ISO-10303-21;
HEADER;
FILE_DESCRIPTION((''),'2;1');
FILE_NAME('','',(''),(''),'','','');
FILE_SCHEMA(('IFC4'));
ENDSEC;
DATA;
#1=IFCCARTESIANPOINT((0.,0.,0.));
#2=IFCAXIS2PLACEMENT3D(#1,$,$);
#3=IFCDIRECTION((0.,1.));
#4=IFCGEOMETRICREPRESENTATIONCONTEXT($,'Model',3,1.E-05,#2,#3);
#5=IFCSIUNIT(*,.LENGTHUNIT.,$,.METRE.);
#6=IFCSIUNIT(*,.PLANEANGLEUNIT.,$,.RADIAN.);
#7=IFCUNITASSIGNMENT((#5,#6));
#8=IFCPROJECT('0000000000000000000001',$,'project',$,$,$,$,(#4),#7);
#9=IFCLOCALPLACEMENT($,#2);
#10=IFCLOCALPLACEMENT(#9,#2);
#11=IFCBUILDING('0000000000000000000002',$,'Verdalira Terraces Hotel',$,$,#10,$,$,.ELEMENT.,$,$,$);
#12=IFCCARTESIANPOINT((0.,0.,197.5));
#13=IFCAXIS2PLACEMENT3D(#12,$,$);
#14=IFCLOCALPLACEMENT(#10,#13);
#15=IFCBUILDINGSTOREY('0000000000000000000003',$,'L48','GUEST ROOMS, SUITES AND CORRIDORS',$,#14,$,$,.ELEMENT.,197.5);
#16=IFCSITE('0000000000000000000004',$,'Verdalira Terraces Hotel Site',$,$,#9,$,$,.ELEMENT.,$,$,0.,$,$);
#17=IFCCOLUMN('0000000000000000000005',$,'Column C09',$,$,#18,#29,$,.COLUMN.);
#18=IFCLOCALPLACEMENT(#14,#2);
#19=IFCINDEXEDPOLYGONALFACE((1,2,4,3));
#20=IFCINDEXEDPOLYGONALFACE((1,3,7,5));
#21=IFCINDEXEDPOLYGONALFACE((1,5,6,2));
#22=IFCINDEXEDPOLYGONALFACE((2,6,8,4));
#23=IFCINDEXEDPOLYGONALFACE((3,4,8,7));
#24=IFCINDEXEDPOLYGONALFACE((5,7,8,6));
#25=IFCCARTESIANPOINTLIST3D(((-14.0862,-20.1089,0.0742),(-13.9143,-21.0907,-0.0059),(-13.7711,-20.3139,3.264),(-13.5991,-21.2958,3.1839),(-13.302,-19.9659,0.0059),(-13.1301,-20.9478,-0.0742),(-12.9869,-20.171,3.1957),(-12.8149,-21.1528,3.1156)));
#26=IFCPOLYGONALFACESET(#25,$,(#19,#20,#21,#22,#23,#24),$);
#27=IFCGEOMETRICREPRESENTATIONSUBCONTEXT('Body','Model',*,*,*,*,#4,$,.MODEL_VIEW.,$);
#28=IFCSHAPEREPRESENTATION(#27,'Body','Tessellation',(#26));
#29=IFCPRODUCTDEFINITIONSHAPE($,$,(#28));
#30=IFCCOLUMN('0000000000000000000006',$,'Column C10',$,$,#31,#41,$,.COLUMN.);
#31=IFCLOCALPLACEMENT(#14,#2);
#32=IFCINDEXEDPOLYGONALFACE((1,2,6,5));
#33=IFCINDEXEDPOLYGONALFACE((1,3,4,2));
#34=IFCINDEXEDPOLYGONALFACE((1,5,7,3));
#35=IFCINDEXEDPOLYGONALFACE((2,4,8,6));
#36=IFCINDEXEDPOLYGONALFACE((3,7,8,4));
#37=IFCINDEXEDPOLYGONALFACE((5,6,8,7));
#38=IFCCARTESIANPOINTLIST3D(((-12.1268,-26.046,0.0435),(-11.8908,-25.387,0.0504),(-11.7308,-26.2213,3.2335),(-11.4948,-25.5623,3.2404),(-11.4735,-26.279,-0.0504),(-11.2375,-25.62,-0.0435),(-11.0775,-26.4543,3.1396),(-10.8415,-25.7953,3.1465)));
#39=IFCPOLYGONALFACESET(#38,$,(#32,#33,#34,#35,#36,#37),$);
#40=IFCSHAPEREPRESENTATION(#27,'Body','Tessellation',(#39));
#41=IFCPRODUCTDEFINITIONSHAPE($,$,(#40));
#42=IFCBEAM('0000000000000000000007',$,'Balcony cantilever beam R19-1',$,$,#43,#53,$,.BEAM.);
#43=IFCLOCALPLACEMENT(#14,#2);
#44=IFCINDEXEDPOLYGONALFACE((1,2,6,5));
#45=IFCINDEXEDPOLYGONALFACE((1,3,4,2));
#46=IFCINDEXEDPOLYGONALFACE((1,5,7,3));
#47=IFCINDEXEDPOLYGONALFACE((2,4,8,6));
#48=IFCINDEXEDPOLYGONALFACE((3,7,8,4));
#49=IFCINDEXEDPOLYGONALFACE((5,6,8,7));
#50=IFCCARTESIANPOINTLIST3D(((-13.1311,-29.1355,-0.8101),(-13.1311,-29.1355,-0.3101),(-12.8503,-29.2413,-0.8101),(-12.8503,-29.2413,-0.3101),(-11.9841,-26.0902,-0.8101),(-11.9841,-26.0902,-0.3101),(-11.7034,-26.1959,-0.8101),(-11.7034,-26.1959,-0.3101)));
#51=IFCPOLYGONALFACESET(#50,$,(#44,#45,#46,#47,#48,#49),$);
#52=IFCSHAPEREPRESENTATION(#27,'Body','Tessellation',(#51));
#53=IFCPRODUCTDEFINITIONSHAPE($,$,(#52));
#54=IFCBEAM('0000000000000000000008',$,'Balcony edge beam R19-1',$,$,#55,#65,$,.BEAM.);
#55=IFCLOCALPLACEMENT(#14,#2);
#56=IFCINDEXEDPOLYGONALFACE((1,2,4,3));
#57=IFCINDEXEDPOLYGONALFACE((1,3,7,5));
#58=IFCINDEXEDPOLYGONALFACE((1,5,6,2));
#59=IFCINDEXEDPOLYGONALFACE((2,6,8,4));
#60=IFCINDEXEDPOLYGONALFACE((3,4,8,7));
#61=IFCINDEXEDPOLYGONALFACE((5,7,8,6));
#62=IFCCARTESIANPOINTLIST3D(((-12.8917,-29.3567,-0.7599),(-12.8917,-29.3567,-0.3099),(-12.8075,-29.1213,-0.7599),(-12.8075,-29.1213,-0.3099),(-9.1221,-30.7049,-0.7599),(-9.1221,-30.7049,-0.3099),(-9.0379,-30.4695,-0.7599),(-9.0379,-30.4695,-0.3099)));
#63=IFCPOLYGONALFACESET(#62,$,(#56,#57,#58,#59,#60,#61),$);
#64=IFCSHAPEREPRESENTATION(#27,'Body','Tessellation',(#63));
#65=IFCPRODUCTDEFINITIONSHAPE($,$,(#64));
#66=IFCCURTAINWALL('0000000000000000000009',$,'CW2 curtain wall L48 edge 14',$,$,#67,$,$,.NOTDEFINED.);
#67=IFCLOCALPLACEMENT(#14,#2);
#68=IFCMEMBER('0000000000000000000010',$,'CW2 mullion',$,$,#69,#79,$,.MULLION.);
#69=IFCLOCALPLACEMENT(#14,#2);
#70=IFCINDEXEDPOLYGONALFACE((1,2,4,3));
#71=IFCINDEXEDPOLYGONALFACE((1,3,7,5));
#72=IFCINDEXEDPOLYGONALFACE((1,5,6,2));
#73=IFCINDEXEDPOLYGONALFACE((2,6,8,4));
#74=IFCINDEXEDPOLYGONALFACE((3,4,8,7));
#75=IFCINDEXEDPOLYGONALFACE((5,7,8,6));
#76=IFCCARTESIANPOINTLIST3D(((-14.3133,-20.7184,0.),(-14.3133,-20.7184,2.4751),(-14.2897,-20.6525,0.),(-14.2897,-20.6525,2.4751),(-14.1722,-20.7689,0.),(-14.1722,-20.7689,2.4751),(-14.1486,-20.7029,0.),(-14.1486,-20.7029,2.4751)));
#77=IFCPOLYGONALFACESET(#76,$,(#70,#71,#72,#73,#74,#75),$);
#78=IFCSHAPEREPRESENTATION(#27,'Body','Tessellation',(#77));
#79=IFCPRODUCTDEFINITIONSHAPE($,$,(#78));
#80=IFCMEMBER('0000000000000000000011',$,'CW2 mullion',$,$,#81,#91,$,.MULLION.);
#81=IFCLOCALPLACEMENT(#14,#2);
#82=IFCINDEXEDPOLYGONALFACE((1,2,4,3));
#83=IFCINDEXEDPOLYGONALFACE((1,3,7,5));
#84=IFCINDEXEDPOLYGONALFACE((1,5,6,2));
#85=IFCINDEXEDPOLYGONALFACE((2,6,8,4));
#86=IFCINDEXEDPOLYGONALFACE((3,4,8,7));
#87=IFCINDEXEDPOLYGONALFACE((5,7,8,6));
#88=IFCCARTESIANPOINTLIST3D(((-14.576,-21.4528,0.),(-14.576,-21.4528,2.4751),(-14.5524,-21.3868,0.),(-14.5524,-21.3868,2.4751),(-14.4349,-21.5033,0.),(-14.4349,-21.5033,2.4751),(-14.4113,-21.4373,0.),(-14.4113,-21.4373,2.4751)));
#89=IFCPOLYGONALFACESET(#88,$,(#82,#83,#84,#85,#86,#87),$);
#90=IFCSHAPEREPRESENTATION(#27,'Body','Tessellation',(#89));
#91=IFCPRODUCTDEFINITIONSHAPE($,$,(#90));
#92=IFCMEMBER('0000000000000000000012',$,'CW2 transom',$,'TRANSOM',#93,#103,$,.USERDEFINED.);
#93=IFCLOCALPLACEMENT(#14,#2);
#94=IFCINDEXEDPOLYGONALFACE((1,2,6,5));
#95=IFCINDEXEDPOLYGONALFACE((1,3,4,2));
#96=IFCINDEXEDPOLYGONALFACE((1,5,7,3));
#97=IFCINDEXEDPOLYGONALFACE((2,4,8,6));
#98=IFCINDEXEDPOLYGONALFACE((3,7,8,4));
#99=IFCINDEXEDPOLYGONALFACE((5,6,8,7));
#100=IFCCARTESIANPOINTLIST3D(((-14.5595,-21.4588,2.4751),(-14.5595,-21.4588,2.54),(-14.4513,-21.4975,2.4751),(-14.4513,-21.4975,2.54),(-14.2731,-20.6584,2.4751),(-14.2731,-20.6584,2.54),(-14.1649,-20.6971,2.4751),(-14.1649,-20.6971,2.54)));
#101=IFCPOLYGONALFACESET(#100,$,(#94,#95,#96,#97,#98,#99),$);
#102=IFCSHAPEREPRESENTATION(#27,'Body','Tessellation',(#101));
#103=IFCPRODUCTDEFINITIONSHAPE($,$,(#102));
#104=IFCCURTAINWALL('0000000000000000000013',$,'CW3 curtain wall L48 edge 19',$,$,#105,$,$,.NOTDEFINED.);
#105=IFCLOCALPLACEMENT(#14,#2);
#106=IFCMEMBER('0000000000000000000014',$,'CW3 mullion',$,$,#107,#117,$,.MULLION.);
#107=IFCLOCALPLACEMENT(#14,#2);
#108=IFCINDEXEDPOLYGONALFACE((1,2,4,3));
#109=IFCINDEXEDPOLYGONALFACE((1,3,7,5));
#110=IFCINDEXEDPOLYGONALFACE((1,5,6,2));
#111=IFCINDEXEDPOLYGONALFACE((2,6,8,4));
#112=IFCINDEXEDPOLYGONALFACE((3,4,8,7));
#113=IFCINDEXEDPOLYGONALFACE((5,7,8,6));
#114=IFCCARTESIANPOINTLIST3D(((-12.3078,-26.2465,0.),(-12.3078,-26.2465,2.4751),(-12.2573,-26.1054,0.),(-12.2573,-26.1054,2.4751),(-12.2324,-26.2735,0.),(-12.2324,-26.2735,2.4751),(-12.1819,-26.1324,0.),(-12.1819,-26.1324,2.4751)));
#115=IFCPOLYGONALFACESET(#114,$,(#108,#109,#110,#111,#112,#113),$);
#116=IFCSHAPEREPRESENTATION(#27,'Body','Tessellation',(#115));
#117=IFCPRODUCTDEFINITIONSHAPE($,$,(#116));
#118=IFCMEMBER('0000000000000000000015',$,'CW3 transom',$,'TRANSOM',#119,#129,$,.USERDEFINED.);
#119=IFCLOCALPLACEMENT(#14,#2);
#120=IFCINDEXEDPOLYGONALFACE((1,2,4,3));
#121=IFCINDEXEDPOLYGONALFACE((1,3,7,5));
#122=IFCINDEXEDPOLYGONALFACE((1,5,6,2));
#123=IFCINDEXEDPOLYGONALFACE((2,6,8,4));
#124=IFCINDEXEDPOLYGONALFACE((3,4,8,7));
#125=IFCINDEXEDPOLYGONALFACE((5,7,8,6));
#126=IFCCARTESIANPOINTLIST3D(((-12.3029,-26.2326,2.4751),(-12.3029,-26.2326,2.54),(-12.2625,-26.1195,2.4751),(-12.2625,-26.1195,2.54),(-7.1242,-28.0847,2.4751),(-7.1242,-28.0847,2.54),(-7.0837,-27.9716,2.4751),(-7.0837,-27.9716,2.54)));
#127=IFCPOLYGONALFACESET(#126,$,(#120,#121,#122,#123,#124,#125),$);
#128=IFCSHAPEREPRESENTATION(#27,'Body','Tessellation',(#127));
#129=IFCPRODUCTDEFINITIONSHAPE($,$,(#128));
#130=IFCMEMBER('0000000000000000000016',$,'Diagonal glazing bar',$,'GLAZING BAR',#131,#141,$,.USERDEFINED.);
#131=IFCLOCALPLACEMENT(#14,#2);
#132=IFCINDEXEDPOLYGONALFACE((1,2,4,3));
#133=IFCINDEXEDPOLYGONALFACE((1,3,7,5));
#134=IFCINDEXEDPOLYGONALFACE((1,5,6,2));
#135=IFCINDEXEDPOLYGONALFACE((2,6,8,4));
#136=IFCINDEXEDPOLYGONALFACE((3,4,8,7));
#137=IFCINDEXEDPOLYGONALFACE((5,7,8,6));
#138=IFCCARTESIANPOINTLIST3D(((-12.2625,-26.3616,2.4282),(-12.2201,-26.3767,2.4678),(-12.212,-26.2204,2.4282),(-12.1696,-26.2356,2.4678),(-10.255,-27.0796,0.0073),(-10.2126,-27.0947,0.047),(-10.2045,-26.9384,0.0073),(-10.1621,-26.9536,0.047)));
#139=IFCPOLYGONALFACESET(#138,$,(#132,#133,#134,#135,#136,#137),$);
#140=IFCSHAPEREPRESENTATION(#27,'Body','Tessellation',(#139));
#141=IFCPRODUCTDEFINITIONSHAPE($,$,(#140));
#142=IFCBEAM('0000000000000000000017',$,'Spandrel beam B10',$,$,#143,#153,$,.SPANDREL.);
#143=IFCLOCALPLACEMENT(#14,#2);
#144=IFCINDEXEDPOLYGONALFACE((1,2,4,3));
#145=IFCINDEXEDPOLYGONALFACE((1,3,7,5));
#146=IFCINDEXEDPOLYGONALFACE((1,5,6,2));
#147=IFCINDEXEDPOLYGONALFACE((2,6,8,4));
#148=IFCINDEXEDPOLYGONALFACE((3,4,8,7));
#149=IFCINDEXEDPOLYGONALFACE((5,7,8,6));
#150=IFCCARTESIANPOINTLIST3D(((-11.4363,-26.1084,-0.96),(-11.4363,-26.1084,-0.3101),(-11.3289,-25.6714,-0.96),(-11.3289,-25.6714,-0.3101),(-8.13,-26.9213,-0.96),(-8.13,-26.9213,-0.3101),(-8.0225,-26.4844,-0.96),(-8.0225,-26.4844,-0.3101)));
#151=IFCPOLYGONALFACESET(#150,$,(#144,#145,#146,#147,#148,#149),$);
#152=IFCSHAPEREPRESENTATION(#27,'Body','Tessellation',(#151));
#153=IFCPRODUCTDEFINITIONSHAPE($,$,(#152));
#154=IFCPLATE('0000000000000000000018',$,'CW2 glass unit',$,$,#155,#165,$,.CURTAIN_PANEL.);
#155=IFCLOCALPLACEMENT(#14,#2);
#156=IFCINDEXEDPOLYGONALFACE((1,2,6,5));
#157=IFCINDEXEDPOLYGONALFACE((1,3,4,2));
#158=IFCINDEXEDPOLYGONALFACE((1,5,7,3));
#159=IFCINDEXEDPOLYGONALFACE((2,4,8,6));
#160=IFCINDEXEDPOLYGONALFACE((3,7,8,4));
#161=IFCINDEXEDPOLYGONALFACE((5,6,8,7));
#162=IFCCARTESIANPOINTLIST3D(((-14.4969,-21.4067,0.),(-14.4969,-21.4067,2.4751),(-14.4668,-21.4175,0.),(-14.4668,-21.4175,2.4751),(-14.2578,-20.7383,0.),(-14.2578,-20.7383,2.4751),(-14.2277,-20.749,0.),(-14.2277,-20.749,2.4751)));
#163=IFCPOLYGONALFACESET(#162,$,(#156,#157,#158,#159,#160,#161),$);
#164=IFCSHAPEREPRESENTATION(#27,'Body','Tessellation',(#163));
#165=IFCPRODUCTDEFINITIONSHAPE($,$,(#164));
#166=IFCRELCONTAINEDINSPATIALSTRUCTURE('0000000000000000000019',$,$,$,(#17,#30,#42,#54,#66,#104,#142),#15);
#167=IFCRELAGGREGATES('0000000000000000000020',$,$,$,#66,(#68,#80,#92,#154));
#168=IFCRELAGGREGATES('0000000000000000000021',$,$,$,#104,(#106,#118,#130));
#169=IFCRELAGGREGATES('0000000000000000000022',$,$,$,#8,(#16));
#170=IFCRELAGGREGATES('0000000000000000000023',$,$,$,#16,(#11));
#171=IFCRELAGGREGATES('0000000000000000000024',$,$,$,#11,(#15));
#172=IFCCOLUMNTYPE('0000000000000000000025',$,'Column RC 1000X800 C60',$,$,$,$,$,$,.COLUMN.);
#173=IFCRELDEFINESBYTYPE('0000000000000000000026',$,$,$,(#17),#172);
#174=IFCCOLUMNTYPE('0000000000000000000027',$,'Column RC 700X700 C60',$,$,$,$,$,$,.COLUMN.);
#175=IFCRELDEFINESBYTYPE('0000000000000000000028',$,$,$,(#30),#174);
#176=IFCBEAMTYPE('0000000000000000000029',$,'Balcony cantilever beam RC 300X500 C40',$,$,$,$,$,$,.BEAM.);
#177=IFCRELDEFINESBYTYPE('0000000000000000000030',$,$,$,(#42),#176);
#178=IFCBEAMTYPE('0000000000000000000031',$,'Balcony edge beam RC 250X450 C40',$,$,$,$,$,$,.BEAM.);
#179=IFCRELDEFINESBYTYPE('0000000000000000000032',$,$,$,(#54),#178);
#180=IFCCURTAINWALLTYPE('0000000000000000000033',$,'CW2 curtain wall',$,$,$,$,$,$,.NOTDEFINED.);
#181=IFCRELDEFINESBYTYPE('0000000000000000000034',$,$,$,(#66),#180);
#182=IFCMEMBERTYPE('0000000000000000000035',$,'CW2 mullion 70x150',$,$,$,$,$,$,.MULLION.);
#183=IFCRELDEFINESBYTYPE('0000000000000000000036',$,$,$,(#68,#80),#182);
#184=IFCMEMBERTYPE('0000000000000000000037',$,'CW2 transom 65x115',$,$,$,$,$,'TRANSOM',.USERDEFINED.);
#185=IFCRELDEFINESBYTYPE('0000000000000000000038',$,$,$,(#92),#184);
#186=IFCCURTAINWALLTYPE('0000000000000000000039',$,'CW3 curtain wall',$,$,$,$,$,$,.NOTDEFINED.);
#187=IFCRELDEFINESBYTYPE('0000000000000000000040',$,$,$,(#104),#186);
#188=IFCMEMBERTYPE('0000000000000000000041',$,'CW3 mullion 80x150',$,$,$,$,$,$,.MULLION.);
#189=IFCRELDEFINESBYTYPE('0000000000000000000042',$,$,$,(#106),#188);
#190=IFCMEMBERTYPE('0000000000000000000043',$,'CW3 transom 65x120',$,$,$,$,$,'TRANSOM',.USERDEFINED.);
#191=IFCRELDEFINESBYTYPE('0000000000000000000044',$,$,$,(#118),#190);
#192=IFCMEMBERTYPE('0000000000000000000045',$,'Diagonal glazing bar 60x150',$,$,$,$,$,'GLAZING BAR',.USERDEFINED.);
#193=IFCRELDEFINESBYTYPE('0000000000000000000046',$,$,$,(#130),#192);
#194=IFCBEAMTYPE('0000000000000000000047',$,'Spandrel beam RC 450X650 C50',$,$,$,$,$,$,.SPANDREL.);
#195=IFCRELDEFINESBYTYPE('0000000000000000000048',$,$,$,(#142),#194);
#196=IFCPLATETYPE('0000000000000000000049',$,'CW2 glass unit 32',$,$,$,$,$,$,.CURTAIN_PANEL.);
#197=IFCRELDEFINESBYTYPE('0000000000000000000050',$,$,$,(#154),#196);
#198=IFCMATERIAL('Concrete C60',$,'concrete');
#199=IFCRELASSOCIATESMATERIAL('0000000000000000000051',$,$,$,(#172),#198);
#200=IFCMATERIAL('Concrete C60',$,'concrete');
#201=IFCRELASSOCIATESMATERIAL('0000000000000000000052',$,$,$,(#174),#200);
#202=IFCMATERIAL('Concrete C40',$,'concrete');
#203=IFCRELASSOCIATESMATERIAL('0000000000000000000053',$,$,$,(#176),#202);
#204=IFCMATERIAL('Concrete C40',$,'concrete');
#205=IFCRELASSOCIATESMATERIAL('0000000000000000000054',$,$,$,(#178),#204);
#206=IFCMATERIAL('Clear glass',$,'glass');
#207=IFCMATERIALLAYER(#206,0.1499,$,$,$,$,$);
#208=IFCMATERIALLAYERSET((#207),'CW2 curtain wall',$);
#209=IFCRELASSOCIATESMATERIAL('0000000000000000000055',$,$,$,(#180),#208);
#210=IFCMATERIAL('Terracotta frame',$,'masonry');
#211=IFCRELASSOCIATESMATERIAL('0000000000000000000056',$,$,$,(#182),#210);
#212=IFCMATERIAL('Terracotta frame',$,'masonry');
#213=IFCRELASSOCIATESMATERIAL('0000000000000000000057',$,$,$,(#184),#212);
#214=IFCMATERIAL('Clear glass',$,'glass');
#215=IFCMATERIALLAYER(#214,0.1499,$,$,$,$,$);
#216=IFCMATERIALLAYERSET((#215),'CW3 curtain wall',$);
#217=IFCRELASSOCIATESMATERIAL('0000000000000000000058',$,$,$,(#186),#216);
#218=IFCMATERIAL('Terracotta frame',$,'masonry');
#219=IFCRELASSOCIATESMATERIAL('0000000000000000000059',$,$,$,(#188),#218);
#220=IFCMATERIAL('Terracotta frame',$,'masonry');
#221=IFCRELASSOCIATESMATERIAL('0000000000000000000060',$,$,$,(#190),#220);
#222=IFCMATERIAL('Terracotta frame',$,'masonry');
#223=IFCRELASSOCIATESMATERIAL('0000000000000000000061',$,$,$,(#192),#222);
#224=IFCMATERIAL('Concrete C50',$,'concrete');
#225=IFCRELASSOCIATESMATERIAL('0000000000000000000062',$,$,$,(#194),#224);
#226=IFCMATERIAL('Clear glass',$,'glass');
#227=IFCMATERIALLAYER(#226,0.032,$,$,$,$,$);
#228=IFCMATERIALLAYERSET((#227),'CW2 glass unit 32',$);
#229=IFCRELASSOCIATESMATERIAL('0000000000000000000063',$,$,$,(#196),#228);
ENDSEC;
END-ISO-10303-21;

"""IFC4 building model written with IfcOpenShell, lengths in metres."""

from ifc_helpers import new_model, si_unit, direction, frame, origin, origin_2d, place, context, subcontext, project, spatial, rectangle, extrude, material, layer, layer_set, material_profile, profile_set, type_object, element, aggregate, save


model = new_model("IFC4")

# Units and contexts
model_context = context("Model", 3, precision=1e-05, world=origin(), true_north=direction((0.0, 1.0)))
body_context = subcontext(model_context, "Body", "Model", "MODEL_VIEW")
ifc_project = project(units=[si_unit("LENGTHUNIT", "METRE"), si_unit("PLANEANGLEUNIT", "RADIAN")], contexts=[model_context])

# Site, building, storey
site_placement = place(None, origin())
site = spatial("IfcSite", under=ifc_project, at=site_placement, Name="Verdalira Terraces Hotel Site", CompositionType="ELEMENT", RefElevation=0.0)
building_placement = place(site_placement, origin())
building = spatial("IfcBuilding", under=site, at=building_placement, Name="Verdalira Terraces Hotel", CompositionType="ELEMENT")
storey_placement = place(building_placement, frame((0.0, 0.0, 197.5)))
storey = spatial("IfcBuildingStorey", under=building, at=storey_placement, Name="L48", Description="GUEST ROOMS, SUITES AND CORRIDORS", CompositionType="ELEMENT", Elevation=197.5)

# Columns
ifc_material_1 = material(Name="Concrete C60", Category="concrete")
ifc_material_profile_1 = material_profile(ifc_material_1, rectangle(XDim=1.0, YDim=0.8, at=origin_2d()), Name="RC 1000X800")
ifc_profile_set_1 = profile_set([ifc_material_profile_1], Name="Concrete C60")
column_type_1 = type_object("IfcColumnType", Name="Column RC 1000X800 C60", PredefinedType="COLUMN", material=ifc_profile_set_1)
column_1_placement = place(storey_placement, frame((-13.6082, -20.5283, 0.0), z_axis=(0.098127, -0.063847, 0.993124), x_axis=(-0.171981, 0.981837, 0.080114)))
element("IfcColumn", 1, at=column_1_placement, inside=storey, type_object=column_type_1, Name="Column C09", PredefinedType="COLUMN", context=body_context, shape_type="SweptSolid", body=[
    extrude(rectangle(XDim=1.0, YDim=0.8, at=origin_2d()), origin(), (0.0, 0.0, 1.0), 3.2119),
])
ifc_material_2 = material(Name="Concrete C60", Category="concrete")
ifc_material_profile_2 = material_profile(ifc_material_2, rectangle(XDim=0.7, YDim=0.7, at=origin_2d()), Name="RC 700X700")
ifc_profile_set_2 = profile_set([ifc_material_profile_2], Name="Concrete C60")
column_type_2 = type_object("IfcColumnType", Name="Column RC 700X700 C60", PredefinedType="COLUMN", material=ifc_profile_set_2)
column_2_placement = place(storey_placement, frame((-11.6821, -25.833, 0.0), z_axis=(0.123011, -0.054452, 0.99091), x_axis=(0.933382, -0.332866, -0.134161)))
element("IfcColumn", 2, at=column_2_placement, inside=storey, type_object=column_type_2, Name="Column C10", PredefinedType="COLUMN", context=body_context, shape_type="SweptSolid", body=[
    extrude(rectangle(XDim=0.7, YDim=0.7, at=origin_2d()), origin(), (0.0, 0.0, 1.0), 3.2192),
])

# Beams
ifc_material_3 = material(Name="Concrete C40", Category="concrete")
ifc_material_profile_3 = material_profile(ifc_material_3, rectangle(XDim=0.3, YDim=0.5, at=origin_2d()), Name="RC 300X500")
ifc_profile_set_3 = profile_set([ifc_material_profile_3], Name="Concrete C40")
beam_type_1 = type_object("IfcBeamType", Name="Balcony cantilever beam RC 300X500 C40", PredefinedType="BEAM", material=ifc_profile_set_3)
beam_1_placement = place(storey_placement, frame((-11.8438, -26.1431, -0.5601), z_axis=(-0.352455, -0.935829, 0.0), x_axis=(0.935829, -0.352455, 0.0)))
element("IfcBeam", 3, at=beam_1_placement, inside=storey, type_object=beam_type_1, Name="Balcony cantilever beam R19-1", PredefinedType="BEAM", context=body_context, shape_type="SweptSolid", body=[
    extrude(rectangle(XDim=0.3, YDim=0.5, at=origin_2d()), origin(), (0.0, 0.0, 1.0), 3.2542),
])
ifc_material_4 = material(Name="Concrete C40", Category="concrete")
ifc_material_profile_4 = material_profile(ifc_material_4, rectangle(XDim=0.25, YDim=0.45, at=origin_2d()), Name="RC 250X450")
ifc_profile_set_4 = profile_set([ifc_material_profile_4], Name="Concrete C40")
beam_type_2 = type_object("IfcBeamType", Name="Balcony edge beam RC 250X450 C40", PredefinedType="BEAM", material=ifc_profile_set_4)
beam_2_placement = place(storey_placement, frame((-12.8496, -29.239, -0.5349), z_axis=(0.941593, -0.336754, 0.0), x_axis=(0.336754, 0.941593, 0.0)))
element("IfcBeam", 4, at=beam_2_placement, inside=storey, type_object=beam_type_2, Name="Balcony edge beam R19-1", PredefinedType="BEAM", context=body_context, shape_type="SweptSolid", body=[
    extrude(rectangle(XDim=0.25, YDim=0.45, at=origin_2d()), origin(), (0.0, 0.0, 1.0), 4.0034),
])

# Curtain walls, members
ifc_material_5 = material(Name="Clear glass", Category="glass")
ifc_layer_1 = layer(ifc_material_5, 0.1499)
ifc_layer_set_1 = layer_set([ifc_layer_1], Name="CW2 curtain wall")
curtain_wall_type_1 = type_object("IfcCurtainWallType", Name="CW2 curtain wall", PredefinedType="NOTDEFINED", material=ifc_layer_set_1)
curtain_wall_1_placement = place(storey_placement, origin())
curtain_wall_1 = element("IfcCurtainWall", 5, at=curtain_wall_1_placement, inside=storey, type_object=curtain_wall_type_1, Name="CW2 curtain wall L48 edge 14", PredefinedType="NOTDEFINED")
ifc_material_6 = material(Name="Terracotta frame", Category="masonry")
ifc_material_profile_5 = material_profile(ifc_material_6, rectangle(XDim=0.0701, YDim=0.1499, at=origin_2d()), Name="MU 70x150")
ifc_profile_set_5 = profile_set([ifc_material_profile_5], Name="Terracotta frame")
member_type_1 = type_object("IfcMemberType", Name="CW2 mullion 70x150", PredefinedType="MULLION", material=ifc_profile_set_5)
member_1_placement = place(storey_placement, frame((-14.231, -20.7107, 0.0), z_axis=(0.0, 0.0, 1.0), x_axis=(-0.336767, -0.941588, 0.0)))
member_1 = element("IfcMember", 6, at=member_1_placement, type_object=member_type_1, Name="CW2 mullion", PredefinedType="MULLION", context=body_context, shape_type="SweptSolid", body=[
    extrude(rectangle(XDim=0.0701, YDim=0.1499, at=origin_2d()), origin(), (0.0, 0.0, 1.0), 2.4751),
])
member_2_placement = place(storey_placement, frame((-14.4937, -21.4451, 0.0), z_axis=(0.0, 0.0, 1.0), x_axis=(-0.336767, -0.941588, 0.0)))
member_2 = element("IfcMember", 7, at=member_2_placement, type_object=member_type_1, Name="CW2 mullion", PredefinedType="MULLION", context=body_context, shape_type="SweptSolid", body=[
    extrude(rectangle(XDim=0.0701, YDim=0.1499, at=origin_2d()), origin(), (0.0, 0.0, 1.0), 2.4751),
])
ifc_material_7 = material(Name="Terracotta frame", Category="masonry")
ifc_material_profile_6 = material_profile(ifc_material_7, rectangle(XDim=0.115, YDim=0.0649, at=origin_2d()), Name="TR 65x115")
ifc_profile_set_6 = profile_set([ifc_material_profile_6], Name="Terracotta frame")
member_type_2 = type_object("IfcMemberType", Name="CW2 transom 65x115", ElementType="TRANSOM", PredefinedType="USERDEFINED", material=ifc_profile_set_6)
member_3_placement = place(storey_placement, frame((-14.219, -20.6777, 2.5076), z_axis=(-0.336919, -0.941534, 0.0), x_axis=(0.941534, -0.336919, 0.0)))
member_3 = element("IfcMember", 8, at=member_3_placement, type_object=member_type_2, Name="CW2 transom", ObjectType="TRANSOM", PredefinedType="USERDEFINED", context=body_context, shape_type="SweptSolid", body=[
    extrude(rectangle(XDim=0.115, YDim=0.0649, at=origin_2d()), origin(), (0.0, 0.0, 1.0), 0.8501),
])
ifc_material_8 = material(Name="Clear glass", Category="glass")
ifc_layer_2 = layer(ifc_material_8, 0.1499)
ifc_layer_set_2 = layer_set([ifc_layer_2], Name="CW3 curtain wall")
curtain_wall_type_2 = type_object("IfcCurtainWallType", Name="CW3 curtain wall", PredefinedType="NOTDEFINED", material=ifc_layer_set_2)
curtain_wall_2_placement = place(storey_placement, origin())
curtain_wall_2 = element("IfcCurtainWall", 9, at=curtain_wall_2_placement, inside=storey, type_object=curtain_wall_type_2, Name="CW3 curtain wall L48 edge 19", PredefinedType="NOTDEFINED")
ifc_material_9 = material(Name="Terracotta frame", Category="masonry")
ifc_material_profile_7 = material_profile(ifc_material_9, rectangle(XDim=0.0801, YDim=0.1499, at=origin_2d()), Name="MU 80x150")
ifc_profile_set_7 = profile_set([ifc_material_profile_7], Name="Terracotta frame")
member_type_3 = type_object("IfcMemberType", Name="CW3 mullion 80x150", PredefinedType="MULLION", material=ifc_profile_set_7)
member_4_placement = place(storey_placement, frame((-12.2449, -26.1895, 0.0), z_axis=(0.0, 0.0, 1.0), x_axis=(0.941588, -0.336767, 0.0)))
member_4 = element("IfcMember", 10, at=member_4_placement, type_object=member_type_3, Name="CW3 mullion", PredefinedType="MULLION", context=body_context, shape_type="SweptSolid", body=[
    extrude(rectangle(XDim=0.0801, YDim=0.1499, at=origin_2d()), origin(), (0.0, 0.0, 1.0), 2.4751),
])
ifc_material_10 = material(Name="Terracotta frame", Category="masonry")
ifc_material_profile_8 = material_profile(ifc_material_10, rectangle(XDim=0.1201, YDim=0.0649, at=origin_2d()), Name="TR 65x120")
ifc_profile_set_8 = profile_set([ifc_material_profile_8], Name="Terracotta frame")
member_type_4 = type_object("IfcMemberType", Name="CW3 transom 65x120", ElementType="TRANSOM", PredefinedType="USERDEFINED", material=ifc_profile_set_8)
member_5_placement = place(storey_placement, frame((-12.2827, -26.176, 2.5076), z_axis=(0.941597, -0.336741, 0.0), x_axis=(0.336741, 0.941597, 0.0)))
member_5 = element("IfcMember", 11, at=member_5_placement, type_object=member_type_4, Name="CW3 transom", ObjectType="TRANSOM", PredefinedType="USERDEFINED", context=body_context, shape_type="SweptSolid", body=[
    extrude(rectangle(XDim=0.1201, YDim=0.0649, at=origin_2d()), origin(), (0.0, 0.0, 1.0), 5.5),
])
ifc_material_11 = material(Name="Terracotta frame", Category="masonry")
ifc_material_profile_9 = material_profile(ifc_material_11, rectangle(XDim=0.1499, YDim=0.0601, at=origin_2d()), Name="GB 60x150")
ifc_profile_set_9 = profile_set([ifc_material_profile_9], Name="Terracotta frame")
member_type_5 = type_object("IfcMemberType", Name="Diagonal glazing bar 60x150", ElementType="GLAZING BAR", PredefinedType="USERDEFINED", material=ifc_profile_set_9)
member_6_placement = place(storey_placement, frame((-12.2161, -26.2986, 2.448), z_axis=(0.622322, -0.222577, -0.75045), x_axis=(0.336764, 0.941589, 0.0)))
member_6 = element("IfcMember", 12, at=member_6_placement, type_object=member_type_5, Name="Diagonal glazing bar", ObjectType="GLAZING BAR", PredefinedType="USERDEFINED", context=body_context, shape_type="SweptSolid", body=[
    extrude(rectangle(XDim=0.1499, YDim=0.0601, at=origin_2d()), origin(), (0.0, 0.0, 1.0), 3.2258),
])

# Beam
ifc_material_12 = material(Name="Concrete C50", Category="concrete")
ifc_material_profile_10 = material_profile(ifc_material_12, rectangle(XDim=0.45, YDim=0.6499, at=origin_2d()), Name="RC 450X650")
ifc_profile_set_10 = profile_set([ifc_material_profile_10], Name="Concrete C50")
beam_type_3 = type_object("IfcBeamType", Name="Spandrel beam RC 450X650 C50", PredefinedType="SPANDREL", material=ifc_profile_set_10)
beam_3_placement = place(storey_placement, frame((-11.3826, -25.8899, -0.635), z_axis=(0.971076, -0.238771, 0.0), x_axis=(0.238771, 0.971076, 0.0)))
element("IfcBeam", 13, at=beam_3_placement, inside=storey, type_object=beam_type_3, Name="Spandrel beam B10", PredefinedType="SPANDREL", context=body_context, shape_type="SweptSolid", body=[
    extrude(rectangle(XDim=0.45, YDim=0.6499, at=origin_2d()), origin(), (0.0, 0.0, 1.0), 3.4048),
])

# Plate
ifc_material_13 = material(Name="Clear glass", Category="glass")
ifc_layer_3 = layer(ifc_material_13, 0.032)
ifc_layer_set_3 = layer_set([ifc_layer_3], Name="CW2 glass unit 32")
plate_type_1 = type_object("IfcPlateType", Name="CW2 glass unit 32", PredefinedType="CURTAIN_PANEL", material=ifc_layer_set_3)
plate_1_placement = place(storey_placement, frame((-14.3623, -21.0779, 0.0), z_axis=(0.0, 0.0, 1.0), x_axis=(-0.336767, -0.941588, 0.0)))
plate_1 = element("IfcPlate", 14, at=plate_1_placement, type_object=plate_type_1, Name="CW2 glass unit", PredefinedType="CURTAIN_PANEL", context=body_context, shape_type="SweptSolid", body=[
    extrude(rectangle(XDim=0.71, YDim=0.032, at=origin_2d()), origin(), (0.0, 0.0, 1.0), 2.4751),
])
aggregate(curtain_wall_1, [member_1, member_2, member_3, plate_1])
aggregate(curtain_wall_2, [member_4, member_5, member_6])

save(model, "model.ifc")
